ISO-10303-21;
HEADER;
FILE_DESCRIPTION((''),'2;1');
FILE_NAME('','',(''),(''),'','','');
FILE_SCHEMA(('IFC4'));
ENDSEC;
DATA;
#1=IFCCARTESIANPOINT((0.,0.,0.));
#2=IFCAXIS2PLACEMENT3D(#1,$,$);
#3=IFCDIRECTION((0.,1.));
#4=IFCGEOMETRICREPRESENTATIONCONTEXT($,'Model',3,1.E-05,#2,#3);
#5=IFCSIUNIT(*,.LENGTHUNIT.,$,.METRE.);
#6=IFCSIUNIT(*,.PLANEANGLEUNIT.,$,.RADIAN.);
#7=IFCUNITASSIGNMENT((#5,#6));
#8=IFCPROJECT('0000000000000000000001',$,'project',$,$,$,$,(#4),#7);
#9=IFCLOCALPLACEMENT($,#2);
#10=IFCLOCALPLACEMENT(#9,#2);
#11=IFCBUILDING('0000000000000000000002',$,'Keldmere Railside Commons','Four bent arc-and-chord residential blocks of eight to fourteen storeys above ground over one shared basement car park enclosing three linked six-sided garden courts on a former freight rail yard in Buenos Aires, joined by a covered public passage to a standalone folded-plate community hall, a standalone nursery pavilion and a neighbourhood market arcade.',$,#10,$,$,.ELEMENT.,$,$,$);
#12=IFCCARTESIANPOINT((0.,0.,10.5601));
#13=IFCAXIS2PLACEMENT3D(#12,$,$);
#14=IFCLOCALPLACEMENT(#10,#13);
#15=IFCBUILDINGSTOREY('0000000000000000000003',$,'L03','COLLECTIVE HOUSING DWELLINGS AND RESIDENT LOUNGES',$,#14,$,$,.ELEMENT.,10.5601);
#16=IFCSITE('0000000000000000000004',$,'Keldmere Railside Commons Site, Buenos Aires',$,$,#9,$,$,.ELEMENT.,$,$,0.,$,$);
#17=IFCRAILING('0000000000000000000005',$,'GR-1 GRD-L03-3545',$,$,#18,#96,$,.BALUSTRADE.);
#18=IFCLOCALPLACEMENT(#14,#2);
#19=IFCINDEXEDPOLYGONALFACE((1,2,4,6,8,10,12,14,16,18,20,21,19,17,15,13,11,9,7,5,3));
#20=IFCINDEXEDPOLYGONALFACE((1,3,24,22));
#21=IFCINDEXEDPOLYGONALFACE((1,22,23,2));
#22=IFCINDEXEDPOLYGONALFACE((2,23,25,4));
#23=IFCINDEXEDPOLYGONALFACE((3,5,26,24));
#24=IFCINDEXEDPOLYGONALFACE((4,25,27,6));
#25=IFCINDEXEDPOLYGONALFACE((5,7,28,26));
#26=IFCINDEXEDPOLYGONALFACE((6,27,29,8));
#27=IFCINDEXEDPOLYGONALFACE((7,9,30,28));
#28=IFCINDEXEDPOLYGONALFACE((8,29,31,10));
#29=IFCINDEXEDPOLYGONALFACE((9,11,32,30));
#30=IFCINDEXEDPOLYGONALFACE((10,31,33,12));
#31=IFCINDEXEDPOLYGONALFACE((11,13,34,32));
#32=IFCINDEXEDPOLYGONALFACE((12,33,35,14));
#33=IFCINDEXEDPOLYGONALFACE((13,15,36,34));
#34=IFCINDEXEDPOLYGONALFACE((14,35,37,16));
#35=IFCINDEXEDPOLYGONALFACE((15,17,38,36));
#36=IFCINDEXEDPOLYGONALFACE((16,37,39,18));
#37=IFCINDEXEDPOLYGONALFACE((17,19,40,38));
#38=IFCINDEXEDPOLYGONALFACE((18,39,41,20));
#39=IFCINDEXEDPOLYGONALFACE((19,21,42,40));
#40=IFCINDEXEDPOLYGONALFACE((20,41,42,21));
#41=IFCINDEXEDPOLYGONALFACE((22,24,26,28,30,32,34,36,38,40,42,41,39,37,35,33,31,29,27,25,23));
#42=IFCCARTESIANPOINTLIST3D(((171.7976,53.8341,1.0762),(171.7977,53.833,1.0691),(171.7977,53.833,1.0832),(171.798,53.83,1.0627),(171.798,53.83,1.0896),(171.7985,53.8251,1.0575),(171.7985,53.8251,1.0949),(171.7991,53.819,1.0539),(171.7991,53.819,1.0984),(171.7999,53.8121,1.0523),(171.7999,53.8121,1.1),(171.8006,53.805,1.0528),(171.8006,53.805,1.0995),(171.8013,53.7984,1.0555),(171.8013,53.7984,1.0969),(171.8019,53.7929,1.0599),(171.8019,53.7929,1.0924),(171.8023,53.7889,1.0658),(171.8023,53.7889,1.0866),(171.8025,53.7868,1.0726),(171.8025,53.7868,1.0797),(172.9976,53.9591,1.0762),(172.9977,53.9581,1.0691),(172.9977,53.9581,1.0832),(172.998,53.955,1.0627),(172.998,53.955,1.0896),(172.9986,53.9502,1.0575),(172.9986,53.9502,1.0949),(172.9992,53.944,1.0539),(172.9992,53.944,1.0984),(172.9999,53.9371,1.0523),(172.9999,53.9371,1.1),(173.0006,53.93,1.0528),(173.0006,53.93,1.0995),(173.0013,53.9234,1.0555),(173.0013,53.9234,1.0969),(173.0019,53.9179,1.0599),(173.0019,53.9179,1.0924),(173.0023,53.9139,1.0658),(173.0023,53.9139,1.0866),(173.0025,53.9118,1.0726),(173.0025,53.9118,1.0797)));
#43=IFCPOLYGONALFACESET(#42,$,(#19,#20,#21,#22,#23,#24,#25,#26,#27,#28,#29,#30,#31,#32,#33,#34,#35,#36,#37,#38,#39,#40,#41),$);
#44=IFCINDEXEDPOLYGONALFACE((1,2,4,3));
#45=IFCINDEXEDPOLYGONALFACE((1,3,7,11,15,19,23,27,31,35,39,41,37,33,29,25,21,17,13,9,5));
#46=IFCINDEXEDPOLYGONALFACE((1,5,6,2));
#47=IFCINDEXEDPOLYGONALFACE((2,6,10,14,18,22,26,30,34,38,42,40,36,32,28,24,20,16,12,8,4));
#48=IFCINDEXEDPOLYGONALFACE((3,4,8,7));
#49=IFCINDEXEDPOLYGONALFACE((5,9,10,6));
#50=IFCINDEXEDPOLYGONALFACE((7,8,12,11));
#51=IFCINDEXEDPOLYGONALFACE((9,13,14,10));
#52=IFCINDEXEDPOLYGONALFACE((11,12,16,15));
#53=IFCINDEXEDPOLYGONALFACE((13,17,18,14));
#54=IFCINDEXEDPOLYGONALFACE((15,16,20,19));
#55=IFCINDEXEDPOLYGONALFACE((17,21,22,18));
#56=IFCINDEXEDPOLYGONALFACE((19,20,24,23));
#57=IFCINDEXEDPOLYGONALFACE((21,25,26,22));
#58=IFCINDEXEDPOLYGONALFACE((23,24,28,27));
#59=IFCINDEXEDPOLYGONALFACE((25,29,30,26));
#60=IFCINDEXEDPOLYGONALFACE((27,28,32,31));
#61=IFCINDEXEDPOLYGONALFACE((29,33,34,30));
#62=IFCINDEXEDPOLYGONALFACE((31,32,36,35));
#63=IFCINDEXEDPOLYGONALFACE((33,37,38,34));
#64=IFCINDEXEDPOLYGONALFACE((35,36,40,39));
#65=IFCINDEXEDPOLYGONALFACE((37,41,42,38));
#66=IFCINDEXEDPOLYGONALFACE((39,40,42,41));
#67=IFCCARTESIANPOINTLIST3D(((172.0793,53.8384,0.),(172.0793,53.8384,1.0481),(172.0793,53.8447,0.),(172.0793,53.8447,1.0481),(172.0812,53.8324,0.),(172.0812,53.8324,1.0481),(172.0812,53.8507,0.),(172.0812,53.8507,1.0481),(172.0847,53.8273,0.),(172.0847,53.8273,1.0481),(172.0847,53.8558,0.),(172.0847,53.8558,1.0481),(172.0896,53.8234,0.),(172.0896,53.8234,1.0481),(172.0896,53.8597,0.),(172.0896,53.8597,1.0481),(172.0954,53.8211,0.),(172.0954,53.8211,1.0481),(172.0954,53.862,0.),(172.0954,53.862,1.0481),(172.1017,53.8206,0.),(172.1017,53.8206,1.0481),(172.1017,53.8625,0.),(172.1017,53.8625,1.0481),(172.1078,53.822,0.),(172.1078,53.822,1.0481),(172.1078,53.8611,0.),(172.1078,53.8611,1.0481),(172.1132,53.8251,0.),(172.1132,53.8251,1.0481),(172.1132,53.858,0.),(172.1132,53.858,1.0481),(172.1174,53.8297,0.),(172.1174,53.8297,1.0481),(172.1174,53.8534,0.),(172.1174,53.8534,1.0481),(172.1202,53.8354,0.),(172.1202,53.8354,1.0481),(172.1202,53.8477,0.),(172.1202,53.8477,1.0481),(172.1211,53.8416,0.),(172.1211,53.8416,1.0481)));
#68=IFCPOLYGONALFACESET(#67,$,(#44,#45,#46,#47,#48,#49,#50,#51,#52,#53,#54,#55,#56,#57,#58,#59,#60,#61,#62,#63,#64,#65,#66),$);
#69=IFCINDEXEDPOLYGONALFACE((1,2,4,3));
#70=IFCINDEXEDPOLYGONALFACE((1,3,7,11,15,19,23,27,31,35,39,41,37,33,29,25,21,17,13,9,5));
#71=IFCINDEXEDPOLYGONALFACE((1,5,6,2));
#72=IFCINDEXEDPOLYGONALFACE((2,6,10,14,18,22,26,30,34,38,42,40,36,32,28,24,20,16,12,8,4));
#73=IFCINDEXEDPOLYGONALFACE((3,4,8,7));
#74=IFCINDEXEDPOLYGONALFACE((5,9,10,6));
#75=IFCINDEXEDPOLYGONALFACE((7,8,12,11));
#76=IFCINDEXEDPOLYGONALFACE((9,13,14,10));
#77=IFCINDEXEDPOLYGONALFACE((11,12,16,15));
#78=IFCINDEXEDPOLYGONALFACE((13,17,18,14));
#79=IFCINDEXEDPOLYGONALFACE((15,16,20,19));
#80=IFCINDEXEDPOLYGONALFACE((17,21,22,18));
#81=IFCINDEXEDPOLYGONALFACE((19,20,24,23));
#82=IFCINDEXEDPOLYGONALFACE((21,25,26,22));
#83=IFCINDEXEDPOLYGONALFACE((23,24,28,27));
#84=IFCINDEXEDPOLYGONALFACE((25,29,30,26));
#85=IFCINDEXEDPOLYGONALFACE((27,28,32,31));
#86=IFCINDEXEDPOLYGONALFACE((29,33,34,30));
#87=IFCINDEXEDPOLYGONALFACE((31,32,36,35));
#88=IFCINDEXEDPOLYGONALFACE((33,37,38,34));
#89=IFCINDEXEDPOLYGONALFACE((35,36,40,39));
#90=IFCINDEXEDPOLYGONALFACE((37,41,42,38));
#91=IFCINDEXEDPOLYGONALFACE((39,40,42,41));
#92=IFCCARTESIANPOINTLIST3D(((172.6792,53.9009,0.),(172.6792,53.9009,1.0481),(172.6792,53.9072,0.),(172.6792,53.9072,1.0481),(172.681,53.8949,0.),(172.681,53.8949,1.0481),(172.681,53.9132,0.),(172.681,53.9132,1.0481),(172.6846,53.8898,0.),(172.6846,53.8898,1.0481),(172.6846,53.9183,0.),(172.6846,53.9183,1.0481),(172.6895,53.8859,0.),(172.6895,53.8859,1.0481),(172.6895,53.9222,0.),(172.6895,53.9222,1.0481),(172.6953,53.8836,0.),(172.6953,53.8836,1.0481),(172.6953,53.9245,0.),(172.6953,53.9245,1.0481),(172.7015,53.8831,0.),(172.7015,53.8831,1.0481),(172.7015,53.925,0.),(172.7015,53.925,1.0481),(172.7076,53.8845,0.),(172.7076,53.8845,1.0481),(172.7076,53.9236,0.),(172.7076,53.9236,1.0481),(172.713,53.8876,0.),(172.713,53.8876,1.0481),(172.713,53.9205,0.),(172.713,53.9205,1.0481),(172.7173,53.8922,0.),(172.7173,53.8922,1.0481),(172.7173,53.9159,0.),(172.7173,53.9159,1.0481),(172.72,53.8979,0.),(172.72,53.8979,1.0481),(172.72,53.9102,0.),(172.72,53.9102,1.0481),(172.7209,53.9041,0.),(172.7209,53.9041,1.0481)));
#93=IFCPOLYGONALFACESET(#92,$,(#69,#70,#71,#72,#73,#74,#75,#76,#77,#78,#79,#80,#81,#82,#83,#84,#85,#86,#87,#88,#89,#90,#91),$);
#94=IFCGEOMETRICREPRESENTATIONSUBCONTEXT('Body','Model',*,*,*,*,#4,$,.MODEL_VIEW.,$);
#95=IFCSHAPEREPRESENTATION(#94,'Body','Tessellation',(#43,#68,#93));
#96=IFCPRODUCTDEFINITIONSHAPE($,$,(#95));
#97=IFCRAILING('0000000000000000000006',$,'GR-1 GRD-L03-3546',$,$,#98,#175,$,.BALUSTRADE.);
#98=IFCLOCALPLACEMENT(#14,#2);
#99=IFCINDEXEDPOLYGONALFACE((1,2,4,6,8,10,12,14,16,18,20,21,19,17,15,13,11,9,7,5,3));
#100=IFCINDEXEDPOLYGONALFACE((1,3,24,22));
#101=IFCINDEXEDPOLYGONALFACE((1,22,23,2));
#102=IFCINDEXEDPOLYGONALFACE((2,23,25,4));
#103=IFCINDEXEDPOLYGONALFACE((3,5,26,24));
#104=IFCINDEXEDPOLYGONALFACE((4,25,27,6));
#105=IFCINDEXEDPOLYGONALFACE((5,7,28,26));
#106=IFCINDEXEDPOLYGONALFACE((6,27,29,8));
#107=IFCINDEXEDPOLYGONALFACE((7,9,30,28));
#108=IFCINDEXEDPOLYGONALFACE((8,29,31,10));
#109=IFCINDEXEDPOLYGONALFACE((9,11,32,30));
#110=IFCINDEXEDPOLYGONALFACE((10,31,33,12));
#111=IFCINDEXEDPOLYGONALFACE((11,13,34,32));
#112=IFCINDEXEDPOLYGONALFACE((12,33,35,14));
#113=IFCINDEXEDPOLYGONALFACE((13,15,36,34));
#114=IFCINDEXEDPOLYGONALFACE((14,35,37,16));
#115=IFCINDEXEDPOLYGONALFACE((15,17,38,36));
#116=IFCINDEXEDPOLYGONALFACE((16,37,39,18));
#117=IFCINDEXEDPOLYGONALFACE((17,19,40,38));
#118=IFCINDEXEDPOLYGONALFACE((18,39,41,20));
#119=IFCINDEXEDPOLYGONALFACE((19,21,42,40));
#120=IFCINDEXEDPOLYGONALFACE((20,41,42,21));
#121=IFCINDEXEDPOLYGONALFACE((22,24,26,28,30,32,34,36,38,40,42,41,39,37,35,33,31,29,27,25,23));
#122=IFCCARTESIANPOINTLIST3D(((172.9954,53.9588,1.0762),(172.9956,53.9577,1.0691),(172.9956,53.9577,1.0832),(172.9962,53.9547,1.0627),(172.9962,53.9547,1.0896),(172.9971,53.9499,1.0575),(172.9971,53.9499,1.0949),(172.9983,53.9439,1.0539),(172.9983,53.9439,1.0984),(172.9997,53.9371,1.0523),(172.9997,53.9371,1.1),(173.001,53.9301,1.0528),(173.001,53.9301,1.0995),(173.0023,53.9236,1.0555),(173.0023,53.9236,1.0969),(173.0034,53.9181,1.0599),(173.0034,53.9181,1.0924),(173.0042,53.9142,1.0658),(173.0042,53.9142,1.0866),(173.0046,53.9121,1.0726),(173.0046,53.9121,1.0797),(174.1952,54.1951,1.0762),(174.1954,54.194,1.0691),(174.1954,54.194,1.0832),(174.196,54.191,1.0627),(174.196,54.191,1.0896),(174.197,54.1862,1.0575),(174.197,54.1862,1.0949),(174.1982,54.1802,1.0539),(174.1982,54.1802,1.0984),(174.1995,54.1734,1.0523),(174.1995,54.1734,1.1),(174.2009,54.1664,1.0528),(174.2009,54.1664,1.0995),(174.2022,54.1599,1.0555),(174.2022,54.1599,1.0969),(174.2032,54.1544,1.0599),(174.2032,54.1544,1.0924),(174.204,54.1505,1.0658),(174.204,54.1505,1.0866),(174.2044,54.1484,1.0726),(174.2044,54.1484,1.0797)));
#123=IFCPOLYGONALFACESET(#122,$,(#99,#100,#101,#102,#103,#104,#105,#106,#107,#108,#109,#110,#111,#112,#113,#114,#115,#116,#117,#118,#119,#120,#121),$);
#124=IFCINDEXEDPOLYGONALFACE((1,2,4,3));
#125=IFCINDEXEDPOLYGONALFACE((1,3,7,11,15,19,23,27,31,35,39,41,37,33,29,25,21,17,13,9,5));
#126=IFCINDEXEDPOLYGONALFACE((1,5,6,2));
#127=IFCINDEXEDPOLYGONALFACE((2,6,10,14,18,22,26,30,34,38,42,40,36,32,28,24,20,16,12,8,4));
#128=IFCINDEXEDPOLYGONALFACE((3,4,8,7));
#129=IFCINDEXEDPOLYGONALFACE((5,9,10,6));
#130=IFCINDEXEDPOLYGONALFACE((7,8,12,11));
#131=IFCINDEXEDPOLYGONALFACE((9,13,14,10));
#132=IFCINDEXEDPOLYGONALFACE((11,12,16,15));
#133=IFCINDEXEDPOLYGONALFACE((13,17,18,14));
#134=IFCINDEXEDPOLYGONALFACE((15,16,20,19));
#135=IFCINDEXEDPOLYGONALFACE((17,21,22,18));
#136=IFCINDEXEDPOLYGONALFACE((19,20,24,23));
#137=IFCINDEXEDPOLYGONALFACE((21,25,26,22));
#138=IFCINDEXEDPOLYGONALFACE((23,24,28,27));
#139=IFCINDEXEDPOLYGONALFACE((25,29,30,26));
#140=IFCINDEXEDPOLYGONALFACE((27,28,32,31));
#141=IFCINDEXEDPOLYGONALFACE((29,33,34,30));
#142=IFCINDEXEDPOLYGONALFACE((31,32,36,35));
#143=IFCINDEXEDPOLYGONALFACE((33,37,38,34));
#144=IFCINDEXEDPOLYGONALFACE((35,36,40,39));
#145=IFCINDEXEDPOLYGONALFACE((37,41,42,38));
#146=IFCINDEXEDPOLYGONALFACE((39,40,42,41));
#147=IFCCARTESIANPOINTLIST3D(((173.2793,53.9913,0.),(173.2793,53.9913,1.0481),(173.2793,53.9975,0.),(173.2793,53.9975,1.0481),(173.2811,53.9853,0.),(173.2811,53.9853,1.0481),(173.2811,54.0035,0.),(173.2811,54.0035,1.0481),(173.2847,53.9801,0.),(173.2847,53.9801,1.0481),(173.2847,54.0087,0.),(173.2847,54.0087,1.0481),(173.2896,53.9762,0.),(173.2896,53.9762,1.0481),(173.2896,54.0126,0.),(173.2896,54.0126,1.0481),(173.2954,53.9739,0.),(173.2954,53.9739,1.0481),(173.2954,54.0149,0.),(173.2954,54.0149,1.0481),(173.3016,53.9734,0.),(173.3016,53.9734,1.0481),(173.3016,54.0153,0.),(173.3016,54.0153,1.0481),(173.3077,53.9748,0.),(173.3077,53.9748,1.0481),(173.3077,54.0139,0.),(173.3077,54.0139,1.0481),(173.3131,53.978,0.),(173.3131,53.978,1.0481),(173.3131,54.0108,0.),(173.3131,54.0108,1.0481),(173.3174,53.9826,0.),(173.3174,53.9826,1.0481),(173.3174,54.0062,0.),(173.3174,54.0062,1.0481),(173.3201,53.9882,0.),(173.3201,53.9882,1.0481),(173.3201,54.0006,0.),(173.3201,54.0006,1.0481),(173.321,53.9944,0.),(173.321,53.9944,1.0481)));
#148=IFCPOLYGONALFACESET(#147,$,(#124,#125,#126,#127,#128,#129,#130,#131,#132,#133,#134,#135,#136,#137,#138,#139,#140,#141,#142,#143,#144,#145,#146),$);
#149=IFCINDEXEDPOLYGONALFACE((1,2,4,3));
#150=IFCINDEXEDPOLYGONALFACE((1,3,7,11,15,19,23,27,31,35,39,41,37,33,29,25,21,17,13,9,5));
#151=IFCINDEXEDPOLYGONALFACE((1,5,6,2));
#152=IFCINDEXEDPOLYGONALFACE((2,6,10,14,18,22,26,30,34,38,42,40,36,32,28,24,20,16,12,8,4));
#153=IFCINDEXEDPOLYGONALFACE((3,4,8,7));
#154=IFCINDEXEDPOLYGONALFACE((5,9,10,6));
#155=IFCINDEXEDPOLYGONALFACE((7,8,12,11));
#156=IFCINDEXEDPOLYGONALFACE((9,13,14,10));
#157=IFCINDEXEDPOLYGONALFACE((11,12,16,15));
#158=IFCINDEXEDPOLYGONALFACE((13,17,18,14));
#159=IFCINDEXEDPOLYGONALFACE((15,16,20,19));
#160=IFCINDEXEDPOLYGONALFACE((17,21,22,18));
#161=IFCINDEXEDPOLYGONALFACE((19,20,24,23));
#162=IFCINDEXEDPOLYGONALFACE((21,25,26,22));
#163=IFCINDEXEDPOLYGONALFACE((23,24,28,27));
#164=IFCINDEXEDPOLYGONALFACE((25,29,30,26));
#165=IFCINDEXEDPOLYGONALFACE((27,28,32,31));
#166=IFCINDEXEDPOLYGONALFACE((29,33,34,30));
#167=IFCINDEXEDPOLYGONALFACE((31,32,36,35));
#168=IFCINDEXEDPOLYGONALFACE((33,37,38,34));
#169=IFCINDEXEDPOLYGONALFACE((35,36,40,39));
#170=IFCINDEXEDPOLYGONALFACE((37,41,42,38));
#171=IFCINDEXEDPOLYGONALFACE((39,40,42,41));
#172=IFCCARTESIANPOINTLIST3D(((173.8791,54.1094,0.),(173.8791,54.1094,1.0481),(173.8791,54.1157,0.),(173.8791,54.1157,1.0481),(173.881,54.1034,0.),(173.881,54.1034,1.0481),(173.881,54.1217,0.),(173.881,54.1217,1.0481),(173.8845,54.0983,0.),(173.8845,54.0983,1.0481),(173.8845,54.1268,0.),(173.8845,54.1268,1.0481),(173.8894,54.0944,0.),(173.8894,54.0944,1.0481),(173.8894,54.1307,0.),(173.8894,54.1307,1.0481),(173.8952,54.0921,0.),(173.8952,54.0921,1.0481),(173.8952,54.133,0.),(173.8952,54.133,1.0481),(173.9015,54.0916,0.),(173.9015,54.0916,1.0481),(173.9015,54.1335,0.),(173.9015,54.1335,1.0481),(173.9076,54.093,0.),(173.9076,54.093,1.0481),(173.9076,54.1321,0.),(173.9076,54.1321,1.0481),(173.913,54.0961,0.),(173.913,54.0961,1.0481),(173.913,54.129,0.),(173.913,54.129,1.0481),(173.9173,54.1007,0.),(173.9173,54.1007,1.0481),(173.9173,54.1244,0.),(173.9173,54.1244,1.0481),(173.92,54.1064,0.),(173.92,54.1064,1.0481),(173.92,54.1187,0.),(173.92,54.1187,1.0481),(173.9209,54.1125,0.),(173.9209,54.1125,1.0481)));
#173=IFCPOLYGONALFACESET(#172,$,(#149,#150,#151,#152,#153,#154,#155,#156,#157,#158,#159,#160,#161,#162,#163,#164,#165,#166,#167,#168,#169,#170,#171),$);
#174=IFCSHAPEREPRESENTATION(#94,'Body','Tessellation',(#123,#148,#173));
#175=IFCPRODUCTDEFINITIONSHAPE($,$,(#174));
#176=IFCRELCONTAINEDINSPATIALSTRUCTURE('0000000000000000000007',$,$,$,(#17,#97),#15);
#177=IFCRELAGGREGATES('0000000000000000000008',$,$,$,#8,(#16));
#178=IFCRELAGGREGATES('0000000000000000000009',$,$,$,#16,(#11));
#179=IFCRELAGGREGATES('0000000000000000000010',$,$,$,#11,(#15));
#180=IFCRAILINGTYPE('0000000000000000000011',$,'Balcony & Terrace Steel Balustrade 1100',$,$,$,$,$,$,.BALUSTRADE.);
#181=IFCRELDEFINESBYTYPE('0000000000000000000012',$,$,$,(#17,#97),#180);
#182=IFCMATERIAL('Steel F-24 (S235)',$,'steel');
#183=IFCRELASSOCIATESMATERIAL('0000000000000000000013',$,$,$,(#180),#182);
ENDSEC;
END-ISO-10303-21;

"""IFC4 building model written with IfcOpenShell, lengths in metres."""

from ifc_helpers import new_model, si_unit, direction, frame, origin, origin_2d, place, context, subcontext, project, spatial, circle, extrude, material, type_object, element, save


model = new_model("IFC4")

# Units and contexts
model_context = context("Model", 3, precision=1e-05, world=origin(), true_north=direction((0.0, 1.0)))
body_context = subcontext(model_context, "Body", "Model", "MODEL_VIEW")
ifc_project = project(units=[si_unit("LENGTHUNIT", "METRE"), si_unit("PLANEANGLEUNIT", "RADIAN")], contexts=[model_context])

# Site, building, storey
site_placement = place(None, origin())
site = spatial("IfcSite", under=ifc_project, at=site_placement, Name="Keldmere Railside Commons Site, Buenos Aires", CompositionType="ELEMENT", RefElevation=0.0)
building_placement = place(site_placement, origin())
building = spatial("IfcBuilding", under=site, at=building_placement, Name="Keldmere Railside Commons", Description="Four bent arc-and-chord residential blocks of eight to fourteen storeys above ground over one shared basement car park enclosing three linked six-sided garden courts on a former freight rail yard in Buenos Aires, joined by a covered public passage to a standalone folded-plate community hall, a standalone nursery pavilion and a neighbourhood market arcade.", CompositionType="ELEMENT")
storey_placement = place(building_placement, frame((0.0, 0.0, 10.5601)))
storey = spatial("IfcBuildingStorey", under=building, at=storey_placement, Name="L03", Description="COLLECTIVE HOUSING DWELLINGS AND RESIDENT LOUNGES", CompositionType="ELEMENT", Elevation=10.5601)

# Railings
ifc_material_1 = material(Name="Steel F-24 (S235)", Category="steel")
railing_type_1 = type_object("IfcRailingType", Name="Balcony & Terrace Steel Balustrade 1100", PredefinedType="BALUSTRADE", material=ifc_material_1)
railing_1_placement = place(storey_placement, frame((171.8, 53.8103, 0.0)))
element("IfcRailing", 1, at=railing_1_placement, inside=storey, type_object=railing_type_1, Name="GR-1 GRD-L03-3545", PredefinedType="BALUSTRADE", context=body_context, shape_type="SweptSolid", body=[
    extrude(circle(Radius=0.0239, at=origin_2d()), frame((0.0, 0.0, 1.0762), z_axis=(0.994618, 0.10361, 0.0), x_axis=(-0.10361, 0.994618, 0.0)), (0.0, 0.0, 1.0), 1.2065),
    extrude(circle(Radius=0.021, at=origin_2d()), frame((0.3, 0.0312, 0.0)), (0.0, 0.0, 1.0), 1.0481),
    extrude(circle(Radius=0.021, at=origin_2d()), frame((0.8999, 0.0938, 0.0)), (0.0, 0.0, 1.0), 1.0481),
])
railing_2_placement = place(storey_placement, frame((173.0, 53.9353, 0.0)))
element("IfcRailing", 2, at=railing_2_placement, inside=storey, type_object=railing_type_1, Name="GR-1 GRD-L03-3546", PredefinedType="BALUSTRADE", context=body_context, shape_type="SweptSolid", body=[
    extrude(circle(Radius=0.0239, at=origin_2d()), frame((0.0, 0.0, 1.0762), z_axis=(0.981152, 0.193236, 0.0), x_axis=(-0.193236, 0.981152, 0.0)), (0.0, 0.0, 1.0), 1.2229),
    extrude(circle(Radius=0.021, at=origin_2d()), frame((0.3, 0.0591, 0.0)), (0.0, 0.0, 1.0), 1.0481),
    extrude(circle(Radius=0.021, at=origin_2d()), frame((0.8999, 0.1772, 0.0)), (0.0, 0.0, 1.0), 1.0481),
])

save(model, "model.ifc")
